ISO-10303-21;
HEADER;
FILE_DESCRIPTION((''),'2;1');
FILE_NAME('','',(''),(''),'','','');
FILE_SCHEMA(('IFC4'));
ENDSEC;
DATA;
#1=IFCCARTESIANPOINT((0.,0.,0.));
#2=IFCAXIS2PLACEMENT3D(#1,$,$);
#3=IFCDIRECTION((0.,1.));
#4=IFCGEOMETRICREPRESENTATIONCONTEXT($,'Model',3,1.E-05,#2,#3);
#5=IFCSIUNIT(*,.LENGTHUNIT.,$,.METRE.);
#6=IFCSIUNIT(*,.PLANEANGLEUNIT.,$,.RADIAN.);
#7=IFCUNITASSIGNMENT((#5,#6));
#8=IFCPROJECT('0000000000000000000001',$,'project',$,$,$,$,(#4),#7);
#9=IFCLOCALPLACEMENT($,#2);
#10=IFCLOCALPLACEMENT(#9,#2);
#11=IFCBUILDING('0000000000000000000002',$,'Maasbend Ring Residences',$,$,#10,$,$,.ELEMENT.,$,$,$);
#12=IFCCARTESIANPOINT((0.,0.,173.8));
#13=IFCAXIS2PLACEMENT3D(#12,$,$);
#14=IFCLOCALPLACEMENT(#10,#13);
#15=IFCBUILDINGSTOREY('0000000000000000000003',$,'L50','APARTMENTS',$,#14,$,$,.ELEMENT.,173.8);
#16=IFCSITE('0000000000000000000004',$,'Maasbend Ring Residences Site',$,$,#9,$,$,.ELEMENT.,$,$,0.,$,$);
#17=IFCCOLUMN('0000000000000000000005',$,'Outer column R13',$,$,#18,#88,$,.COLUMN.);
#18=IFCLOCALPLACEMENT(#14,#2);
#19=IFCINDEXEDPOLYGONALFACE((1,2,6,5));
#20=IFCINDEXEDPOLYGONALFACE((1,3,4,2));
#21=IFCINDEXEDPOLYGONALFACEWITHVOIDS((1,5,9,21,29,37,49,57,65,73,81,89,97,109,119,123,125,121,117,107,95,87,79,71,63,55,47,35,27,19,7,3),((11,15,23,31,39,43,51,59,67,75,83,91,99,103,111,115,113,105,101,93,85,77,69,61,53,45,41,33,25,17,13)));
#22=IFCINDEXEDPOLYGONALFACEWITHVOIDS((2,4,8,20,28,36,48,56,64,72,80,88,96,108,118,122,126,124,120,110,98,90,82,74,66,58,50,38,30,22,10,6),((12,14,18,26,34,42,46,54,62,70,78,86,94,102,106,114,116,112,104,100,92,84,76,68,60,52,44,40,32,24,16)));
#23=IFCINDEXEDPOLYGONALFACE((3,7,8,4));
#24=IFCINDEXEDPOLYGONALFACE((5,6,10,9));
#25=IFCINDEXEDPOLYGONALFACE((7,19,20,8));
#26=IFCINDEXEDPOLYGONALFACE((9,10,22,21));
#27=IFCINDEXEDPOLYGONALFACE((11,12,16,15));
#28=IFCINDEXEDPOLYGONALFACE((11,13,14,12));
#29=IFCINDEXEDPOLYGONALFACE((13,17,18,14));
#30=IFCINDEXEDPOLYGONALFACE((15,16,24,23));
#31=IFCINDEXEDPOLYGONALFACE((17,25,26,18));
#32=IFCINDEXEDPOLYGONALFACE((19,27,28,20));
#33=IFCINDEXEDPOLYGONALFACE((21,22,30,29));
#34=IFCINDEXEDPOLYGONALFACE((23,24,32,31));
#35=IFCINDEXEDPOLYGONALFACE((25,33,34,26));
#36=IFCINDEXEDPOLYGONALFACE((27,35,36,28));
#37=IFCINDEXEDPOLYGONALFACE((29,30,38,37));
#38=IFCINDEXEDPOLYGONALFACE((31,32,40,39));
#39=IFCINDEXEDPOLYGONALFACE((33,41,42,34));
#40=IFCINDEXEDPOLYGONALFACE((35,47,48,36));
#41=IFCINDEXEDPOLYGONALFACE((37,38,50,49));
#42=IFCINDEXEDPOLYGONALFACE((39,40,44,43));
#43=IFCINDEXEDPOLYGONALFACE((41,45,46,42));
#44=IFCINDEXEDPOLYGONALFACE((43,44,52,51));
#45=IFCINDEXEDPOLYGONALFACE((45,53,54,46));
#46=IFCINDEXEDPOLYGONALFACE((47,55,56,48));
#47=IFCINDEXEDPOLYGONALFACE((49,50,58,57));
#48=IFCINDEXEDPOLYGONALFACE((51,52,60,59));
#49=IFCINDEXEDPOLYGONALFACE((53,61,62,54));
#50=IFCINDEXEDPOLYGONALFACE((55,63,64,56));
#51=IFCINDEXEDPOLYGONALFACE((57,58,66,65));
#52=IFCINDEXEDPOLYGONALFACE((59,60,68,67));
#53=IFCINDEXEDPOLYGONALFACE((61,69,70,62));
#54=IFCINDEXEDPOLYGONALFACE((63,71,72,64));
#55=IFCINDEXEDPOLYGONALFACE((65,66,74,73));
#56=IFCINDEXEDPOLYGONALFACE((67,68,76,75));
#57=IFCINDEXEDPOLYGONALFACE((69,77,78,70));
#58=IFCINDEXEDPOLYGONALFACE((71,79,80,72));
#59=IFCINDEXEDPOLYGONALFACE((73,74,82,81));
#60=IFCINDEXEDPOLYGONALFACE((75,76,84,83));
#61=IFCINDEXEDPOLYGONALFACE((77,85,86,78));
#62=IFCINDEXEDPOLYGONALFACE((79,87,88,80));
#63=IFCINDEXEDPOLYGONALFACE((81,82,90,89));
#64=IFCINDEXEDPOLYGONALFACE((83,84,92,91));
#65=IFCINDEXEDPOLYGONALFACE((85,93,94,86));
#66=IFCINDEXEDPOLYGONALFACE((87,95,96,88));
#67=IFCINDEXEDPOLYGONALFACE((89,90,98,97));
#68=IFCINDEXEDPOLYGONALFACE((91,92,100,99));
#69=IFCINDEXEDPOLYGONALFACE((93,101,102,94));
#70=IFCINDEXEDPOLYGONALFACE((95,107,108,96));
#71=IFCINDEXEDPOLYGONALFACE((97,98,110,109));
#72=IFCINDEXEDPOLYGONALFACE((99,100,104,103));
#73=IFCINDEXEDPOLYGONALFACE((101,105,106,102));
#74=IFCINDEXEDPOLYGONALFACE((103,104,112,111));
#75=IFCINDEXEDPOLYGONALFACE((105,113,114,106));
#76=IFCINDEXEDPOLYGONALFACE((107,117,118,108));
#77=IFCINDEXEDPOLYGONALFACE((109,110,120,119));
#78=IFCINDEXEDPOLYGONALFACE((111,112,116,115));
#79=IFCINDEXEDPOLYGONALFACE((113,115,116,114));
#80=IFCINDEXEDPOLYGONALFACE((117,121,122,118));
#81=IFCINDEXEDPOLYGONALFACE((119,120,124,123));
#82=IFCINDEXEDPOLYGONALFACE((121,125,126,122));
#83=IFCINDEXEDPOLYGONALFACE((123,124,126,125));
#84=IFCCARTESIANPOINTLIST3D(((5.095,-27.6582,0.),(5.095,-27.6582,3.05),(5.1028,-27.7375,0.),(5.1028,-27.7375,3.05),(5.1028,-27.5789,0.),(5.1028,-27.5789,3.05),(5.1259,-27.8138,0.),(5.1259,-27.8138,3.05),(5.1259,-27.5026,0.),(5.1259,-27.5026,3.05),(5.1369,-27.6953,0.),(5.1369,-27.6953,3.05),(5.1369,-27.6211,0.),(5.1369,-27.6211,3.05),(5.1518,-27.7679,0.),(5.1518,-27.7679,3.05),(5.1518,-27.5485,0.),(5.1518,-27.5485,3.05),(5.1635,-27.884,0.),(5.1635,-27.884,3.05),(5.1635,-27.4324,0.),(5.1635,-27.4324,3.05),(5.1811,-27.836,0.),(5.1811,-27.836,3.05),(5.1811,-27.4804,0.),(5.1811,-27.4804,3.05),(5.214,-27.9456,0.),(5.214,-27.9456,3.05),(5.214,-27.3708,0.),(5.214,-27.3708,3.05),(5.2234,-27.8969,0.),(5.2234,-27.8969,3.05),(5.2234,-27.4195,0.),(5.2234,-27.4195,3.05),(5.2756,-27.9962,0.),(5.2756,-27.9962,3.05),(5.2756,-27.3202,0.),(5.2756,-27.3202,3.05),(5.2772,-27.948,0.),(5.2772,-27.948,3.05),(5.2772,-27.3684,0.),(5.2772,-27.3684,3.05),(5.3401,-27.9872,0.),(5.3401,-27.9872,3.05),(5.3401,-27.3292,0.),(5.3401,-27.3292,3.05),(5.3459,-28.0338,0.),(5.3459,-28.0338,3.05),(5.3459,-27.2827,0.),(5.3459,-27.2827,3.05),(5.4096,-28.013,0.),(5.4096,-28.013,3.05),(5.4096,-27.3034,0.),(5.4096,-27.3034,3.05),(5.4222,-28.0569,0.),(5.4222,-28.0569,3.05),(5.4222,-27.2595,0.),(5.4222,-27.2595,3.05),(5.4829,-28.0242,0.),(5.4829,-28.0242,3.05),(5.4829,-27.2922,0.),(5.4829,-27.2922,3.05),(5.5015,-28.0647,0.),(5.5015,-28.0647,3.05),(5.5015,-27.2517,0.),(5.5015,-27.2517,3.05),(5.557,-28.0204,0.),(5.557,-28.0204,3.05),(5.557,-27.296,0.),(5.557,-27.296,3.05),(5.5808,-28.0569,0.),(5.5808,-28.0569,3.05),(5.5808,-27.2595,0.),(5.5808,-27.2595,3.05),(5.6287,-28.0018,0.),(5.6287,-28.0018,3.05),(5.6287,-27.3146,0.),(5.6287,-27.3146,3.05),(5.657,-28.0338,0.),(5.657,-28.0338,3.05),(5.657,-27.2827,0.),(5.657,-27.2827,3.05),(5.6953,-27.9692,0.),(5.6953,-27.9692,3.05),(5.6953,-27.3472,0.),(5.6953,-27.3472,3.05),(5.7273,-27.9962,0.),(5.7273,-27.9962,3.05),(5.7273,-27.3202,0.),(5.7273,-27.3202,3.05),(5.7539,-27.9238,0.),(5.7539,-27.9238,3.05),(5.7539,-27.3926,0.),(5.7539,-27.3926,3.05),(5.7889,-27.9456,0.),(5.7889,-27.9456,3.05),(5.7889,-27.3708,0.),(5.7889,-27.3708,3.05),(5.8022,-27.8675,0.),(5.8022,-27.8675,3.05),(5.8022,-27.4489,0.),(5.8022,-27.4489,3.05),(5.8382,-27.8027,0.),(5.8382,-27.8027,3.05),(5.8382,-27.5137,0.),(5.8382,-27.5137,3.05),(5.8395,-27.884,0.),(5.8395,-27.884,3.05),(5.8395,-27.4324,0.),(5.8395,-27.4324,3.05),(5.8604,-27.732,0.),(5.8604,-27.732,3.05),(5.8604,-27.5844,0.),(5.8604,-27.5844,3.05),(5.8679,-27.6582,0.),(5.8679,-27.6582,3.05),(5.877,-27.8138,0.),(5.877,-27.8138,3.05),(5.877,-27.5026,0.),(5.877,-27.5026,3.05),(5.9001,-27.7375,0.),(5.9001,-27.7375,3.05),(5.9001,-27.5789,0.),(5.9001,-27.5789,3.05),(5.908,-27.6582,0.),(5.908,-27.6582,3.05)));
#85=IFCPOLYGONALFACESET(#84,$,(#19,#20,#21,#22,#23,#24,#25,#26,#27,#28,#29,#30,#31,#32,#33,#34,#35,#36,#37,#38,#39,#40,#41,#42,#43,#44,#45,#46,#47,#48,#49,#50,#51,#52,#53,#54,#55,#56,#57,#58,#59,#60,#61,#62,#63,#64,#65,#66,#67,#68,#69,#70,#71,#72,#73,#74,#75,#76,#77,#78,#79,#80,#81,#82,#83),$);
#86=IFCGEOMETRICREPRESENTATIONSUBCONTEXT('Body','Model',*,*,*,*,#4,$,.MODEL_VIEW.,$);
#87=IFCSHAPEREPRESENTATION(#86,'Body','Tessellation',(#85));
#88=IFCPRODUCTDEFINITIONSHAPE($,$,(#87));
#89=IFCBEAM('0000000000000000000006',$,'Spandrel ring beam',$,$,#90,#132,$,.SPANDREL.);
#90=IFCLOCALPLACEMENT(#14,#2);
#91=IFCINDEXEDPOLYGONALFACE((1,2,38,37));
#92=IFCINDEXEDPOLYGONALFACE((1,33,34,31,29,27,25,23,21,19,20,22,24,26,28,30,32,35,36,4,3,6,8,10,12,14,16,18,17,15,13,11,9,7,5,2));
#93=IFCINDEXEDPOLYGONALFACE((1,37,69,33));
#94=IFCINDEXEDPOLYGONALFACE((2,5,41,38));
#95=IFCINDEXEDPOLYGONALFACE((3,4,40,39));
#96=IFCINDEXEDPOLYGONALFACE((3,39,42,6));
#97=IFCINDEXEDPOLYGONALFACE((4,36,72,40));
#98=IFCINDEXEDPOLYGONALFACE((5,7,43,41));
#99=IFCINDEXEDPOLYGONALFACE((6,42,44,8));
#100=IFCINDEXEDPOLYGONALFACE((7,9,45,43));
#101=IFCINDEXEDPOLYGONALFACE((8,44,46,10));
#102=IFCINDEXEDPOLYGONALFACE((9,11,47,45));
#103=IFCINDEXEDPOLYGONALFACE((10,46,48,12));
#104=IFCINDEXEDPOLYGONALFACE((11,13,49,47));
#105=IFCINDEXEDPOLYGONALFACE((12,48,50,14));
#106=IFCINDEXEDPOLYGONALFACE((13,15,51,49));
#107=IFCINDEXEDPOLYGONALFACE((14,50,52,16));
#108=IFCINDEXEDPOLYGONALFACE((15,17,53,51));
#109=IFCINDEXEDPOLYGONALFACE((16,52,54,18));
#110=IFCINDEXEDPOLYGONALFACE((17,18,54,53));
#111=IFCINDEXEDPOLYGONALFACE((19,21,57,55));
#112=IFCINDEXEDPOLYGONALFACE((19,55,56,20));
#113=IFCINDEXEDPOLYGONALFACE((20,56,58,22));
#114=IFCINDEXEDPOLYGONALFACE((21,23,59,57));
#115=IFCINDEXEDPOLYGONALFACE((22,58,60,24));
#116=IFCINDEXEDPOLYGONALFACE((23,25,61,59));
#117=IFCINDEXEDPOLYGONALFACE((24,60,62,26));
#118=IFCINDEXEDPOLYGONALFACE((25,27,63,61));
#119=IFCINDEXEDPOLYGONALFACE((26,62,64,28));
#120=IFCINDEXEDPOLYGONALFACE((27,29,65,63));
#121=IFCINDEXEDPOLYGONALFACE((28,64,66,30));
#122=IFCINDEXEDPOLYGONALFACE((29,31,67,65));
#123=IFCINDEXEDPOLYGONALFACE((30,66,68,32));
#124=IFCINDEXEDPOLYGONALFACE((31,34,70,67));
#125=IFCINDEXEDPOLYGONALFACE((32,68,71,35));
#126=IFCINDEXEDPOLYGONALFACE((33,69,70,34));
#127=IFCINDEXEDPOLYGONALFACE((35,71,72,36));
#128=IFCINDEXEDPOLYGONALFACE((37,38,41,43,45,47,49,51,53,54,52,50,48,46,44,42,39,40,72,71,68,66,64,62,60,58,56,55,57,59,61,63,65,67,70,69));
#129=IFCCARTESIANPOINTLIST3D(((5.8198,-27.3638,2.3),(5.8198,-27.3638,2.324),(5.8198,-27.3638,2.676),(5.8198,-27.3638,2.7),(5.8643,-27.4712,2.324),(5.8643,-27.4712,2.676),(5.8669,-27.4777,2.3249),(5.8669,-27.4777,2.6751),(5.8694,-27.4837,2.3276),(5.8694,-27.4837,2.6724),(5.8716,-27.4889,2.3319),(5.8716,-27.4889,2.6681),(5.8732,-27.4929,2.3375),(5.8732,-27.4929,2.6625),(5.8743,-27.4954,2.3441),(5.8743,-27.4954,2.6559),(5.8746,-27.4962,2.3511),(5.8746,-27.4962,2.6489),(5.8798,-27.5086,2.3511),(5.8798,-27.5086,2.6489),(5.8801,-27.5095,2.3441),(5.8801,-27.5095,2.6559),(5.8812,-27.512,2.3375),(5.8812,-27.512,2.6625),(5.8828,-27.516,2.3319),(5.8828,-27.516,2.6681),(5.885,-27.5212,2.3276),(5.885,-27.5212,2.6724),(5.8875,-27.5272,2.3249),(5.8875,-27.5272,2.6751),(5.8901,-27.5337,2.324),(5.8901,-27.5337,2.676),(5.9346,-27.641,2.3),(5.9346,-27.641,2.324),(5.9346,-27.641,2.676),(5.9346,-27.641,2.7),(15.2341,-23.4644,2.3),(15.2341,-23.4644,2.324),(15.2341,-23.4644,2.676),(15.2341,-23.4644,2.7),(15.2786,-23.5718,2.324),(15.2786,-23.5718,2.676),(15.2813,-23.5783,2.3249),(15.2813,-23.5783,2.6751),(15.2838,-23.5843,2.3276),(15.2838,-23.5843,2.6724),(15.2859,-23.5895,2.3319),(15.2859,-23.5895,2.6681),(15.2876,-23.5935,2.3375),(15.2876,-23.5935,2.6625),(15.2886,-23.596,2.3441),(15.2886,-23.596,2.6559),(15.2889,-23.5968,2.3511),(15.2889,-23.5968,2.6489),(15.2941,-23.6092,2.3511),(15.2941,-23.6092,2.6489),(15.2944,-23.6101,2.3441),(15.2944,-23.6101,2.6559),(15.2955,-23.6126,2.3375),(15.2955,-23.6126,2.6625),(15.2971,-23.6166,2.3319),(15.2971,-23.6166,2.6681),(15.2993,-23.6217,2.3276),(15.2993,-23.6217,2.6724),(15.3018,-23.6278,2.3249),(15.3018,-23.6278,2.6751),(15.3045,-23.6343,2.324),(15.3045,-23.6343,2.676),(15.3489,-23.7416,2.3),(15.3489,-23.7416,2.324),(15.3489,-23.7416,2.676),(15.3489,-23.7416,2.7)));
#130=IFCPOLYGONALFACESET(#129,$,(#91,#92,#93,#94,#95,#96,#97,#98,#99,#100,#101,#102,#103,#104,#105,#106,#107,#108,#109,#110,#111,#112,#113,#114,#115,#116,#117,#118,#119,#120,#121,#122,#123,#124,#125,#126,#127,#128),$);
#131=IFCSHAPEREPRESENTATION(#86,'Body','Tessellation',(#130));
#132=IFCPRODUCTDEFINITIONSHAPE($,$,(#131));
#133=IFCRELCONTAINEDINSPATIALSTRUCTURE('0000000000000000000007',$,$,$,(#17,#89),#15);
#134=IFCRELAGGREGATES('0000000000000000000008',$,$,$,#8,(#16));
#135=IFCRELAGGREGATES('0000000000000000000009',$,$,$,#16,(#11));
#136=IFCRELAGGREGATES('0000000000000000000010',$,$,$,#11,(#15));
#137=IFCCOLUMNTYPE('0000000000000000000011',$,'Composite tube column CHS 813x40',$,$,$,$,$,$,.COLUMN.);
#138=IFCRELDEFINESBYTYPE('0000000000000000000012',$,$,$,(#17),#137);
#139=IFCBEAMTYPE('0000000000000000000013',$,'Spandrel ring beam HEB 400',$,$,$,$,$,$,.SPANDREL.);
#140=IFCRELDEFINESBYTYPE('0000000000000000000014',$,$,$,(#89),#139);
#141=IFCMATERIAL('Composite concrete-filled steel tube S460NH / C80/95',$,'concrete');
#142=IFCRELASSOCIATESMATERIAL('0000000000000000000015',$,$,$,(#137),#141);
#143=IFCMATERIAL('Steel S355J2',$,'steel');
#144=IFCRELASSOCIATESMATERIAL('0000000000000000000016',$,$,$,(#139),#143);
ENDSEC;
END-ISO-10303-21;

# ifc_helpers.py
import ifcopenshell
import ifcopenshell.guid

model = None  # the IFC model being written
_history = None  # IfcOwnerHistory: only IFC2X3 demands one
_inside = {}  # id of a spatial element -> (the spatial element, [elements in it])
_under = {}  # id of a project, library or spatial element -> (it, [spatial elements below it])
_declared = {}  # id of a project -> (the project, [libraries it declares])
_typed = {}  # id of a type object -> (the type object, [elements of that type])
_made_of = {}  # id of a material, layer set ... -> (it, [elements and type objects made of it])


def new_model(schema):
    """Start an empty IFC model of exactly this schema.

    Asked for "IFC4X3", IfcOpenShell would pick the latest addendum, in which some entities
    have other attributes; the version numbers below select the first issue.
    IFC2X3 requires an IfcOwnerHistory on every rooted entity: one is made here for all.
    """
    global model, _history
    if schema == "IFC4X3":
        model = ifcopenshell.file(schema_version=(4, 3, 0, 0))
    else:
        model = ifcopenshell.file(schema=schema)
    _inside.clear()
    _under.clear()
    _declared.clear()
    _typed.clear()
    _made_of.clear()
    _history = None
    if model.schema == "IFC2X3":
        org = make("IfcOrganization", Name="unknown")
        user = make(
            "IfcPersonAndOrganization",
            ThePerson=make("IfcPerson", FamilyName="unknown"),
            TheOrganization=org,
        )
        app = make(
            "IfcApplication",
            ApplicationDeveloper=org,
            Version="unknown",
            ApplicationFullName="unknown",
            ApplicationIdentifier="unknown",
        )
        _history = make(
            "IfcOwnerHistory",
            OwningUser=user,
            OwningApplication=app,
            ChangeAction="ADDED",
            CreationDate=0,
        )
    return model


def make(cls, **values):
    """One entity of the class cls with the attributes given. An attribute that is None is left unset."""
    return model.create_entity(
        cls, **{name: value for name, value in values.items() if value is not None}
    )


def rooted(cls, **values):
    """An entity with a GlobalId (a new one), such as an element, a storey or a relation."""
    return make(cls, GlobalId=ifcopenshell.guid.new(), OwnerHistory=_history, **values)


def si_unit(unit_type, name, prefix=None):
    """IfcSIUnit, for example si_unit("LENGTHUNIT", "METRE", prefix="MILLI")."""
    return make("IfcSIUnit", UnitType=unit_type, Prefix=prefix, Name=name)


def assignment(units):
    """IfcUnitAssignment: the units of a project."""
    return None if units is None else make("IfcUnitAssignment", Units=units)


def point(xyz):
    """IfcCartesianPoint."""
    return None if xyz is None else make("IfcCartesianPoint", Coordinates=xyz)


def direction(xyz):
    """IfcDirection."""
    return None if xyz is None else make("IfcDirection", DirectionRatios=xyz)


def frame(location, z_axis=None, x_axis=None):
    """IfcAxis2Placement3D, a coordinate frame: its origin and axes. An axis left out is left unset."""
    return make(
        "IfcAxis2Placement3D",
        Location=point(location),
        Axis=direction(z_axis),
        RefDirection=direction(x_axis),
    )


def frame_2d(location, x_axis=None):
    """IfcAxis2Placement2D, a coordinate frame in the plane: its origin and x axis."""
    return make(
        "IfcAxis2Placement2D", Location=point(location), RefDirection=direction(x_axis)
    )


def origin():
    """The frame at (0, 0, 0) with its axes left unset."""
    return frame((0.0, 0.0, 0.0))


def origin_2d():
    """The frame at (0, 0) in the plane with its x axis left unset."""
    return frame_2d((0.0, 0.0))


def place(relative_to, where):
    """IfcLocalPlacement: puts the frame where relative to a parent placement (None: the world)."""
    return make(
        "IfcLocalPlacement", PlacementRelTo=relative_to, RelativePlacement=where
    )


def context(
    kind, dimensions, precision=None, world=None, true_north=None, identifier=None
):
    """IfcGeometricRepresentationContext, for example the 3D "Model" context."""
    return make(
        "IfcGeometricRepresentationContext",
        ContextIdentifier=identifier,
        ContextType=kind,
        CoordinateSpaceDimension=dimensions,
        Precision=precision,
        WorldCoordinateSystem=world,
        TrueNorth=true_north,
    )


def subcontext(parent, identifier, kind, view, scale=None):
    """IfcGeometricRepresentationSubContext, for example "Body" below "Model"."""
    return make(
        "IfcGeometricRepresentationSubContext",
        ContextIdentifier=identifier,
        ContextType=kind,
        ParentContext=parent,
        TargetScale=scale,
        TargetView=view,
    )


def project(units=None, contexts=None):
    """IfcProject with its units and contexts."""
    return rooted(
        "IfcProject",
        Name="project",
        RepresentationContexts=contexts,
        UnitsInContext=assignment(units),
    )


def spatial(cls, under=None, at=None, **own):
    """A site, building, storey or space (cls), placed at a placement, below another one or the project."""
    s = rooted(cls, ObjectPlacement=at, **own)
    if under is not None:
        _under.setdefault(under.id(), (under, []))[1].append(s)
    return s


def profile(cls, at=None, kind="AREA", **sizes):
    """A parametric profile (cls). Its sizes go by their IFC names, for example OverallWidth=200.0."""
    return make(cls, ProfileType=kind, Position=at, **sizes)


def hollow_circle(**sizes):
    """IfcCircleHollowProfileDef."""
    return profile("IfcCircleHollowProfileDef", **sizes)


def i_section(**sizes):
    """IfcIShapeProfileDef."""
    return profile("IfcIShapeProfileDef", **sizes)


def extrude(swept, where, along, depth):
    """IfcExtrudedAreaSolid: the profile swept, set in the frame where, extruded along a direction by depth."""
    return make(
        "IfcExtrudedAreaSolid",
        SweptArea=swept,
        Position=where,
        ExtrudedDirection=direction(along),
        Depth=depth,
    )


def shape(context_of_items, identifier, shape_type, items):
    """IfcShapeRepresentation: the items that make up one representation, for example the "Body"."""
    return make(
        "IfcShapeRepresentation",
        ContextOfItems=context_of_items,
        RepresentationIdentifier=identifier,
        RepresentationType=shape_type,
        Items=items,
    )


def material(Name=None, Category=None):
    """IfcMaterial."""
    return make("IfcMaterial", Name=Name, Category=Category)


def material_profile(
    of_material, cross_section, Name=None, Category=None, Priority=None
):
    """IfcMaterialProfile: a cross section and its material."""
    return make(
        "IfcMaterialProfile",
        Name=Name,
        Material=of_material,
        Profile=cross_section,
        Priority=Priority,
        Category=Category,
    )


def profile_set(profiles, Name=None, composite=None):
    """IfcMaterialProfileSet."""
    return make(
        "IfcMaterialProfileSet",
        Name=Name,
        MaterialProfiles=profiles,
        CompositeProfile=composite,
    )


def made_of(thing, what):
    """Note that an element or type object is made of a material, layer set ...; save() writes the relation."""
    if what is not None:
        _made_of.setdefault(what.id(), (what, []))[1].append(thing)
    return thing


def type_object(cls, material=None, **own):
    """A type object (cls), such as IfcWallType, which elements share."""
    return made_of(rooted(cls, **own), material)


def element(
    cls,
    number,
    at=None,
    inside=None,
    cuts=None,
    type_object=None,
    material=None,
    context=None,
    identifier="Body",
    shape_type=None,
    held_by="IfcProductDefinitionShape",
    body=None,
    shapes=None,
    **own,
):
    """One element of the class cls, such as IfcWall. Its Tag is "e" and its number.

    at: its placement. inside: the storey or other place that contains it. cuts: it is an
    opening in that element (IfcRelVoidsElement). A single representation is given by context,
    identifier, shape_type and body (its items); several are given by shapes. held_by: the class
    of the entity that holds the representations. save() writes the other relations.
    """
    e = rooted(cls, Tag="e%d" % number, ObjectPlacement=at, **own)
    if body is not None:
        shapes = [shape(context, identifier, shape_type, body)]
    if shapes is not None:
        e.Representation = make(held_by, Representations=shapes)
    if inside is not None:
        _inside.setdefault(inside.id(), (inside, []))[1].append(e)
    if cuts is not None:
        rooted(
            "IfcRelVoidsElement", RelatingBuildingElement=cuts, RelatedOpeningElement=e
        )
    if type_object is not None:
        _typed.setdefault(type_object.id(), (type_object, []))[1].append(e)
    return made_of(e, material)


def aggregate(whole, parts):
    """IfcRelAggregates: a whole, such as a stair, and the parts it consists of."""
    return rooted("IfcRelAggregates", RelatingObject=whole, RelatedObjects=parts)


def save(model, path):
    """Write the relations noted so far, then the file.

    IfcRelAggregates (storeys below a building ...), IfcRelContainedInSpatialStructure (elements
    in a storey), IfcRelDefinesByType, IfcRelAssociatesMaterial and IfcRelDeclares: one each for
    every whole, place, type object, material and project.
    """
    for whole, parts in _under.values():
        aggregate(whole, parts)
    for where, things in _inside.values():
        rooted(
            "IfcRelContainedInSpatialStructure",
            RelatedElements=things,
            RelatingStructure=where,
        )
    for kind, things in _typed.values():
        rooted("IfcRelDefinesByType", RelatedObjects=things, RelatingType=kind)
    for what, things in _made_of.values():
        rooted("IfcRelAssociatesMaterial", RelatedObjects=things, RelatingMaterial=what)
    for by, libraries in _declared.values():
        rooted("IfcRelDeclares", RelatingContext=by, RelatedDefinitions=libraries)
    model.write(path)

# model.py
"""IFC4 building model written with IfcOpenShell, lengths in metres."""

from ifc_helpers import new_model, si_unit, direction, frame, origin, origin_2d, place, context, subcontext, project, spatial, hollow_circle, i_section, extrude, material, material_profile, profile_set, type_object, element, save


model = new_model("IFC4")

# Units and contexts
model_context = context("Model", 3, precision=1e-05, world=origin(), true_north=direction((0.0, 1.0)))
body_context = subcontext(model_context, "Body", "Model", "MODEL_VIEW")
ifc_project = project(units=[si_unit("LENGTHUNIT", "METRE"), si_unit("PLANEANGLEUNIT", "RADIAN")], contexts=[model_context])

# Site, building, storey
site_placement = place(None, origin())
site = spatial("IfcSite", under=ifc_project, at=site_placement, Name="Maasbend Ring Residences Site", CompositionType="ELEMENT", RefElevation=0.0)
building_placement = place(site_placement, origin())
building = spatial("IfcBuilding", under=site, at=building_placement, Name="Maasbend Ring Residences", CompositionType="ELEMENT")
storey_placement = place(building_placement, frame((0.0, 0.0, 173.8)))
storey = spatial("IfcBuildingStorey", under=building, at=storey_placement, Name="L50", Description="APARTMENTS", CompositionType="ELEMENT", Elevation=173.8)

# Column
ifc_material_1 = material(Name="Composite concrete-filled steel tube S460NH / C80/95", Category="concrete")
ifc_material_profile_1 = material_profile(ifc_material_1, hollow_circle(Radius=0.4065, WallThickness=0.04, at=origin_2d()), Name="Composite tube column CHS 813x40")
ifc_profile_set_1 = profile_set([ifc_material_profile_1], Name="Composite concrete-filled steel tube S460NH / C80/95")
column_type = type_object("IfcColumnType", Name="Composite tube column CHS 813x40", PredefinedType="COLUMN", material=ifc_profile_set_1)
column_placement = place(storey_placement, frame((5.5015, -27.6582, 0.0), z_axis=(0.0, 0.0, 1.0), x_axis=(1.0, 0.0, 0.0)))
element("IfcColumn", 1, at=column_placement, inside=storey, type_object=column_type, Name="Outer column R13", PredefinedType="COLUMN", context=body_context, shape_type="SweptSolid", body=[
    extrude(hollow_circle(Radius=0.4065, WallThickness=0.04, at=origin_2d()), origin(), (0.0, 0.0, 1.0), 3.05),
])

# Beam
ifc_material_2 = material(Name="Steel S355J2", Category="steel")
ifc_material_profile_2 = material_profile(ifc_material_2, i_section(OverallWidth=0.3, OverallDepth=0.3999, WebThickness=0.0134, FlangeThickness=0.0239, FilletRadius=0.0271, at=origin_2d()), Name="HEB 400")
ifc_profile_set_2 = profile_set([ifc_material_profile_2], Name="Steel S355J2")
beam_type = type_object("IfcBeamType", Name="Spandrel ring beam HEB 400", PredefinedType="SPANDREL", material=ifc_profile_set_2)
beam_placement = place(storey_placement, frame((5.8772, -27.5024, 2.5), z_axis=(0.923884, 0.382673, 0.0), x_axis=(-0.382673, 0.923884, 0.0)))
element("IfcBeam", 2, at=beam_placement, inside=storey, type_object=beam_type, Name="Spandrel ring beam", PredefinedType="SPANDREL", context=body_context, shape_type="SweptSolid", body=[
    extrude(i_section(OverallWidth=0.3, OverallDepth=0.3999, WebThickness=0.0134, FlangeThickness=0.0239, FilletRadius=0.0271, at=origin_2d()), origin(), (0.0, 0.0, 1.0), 10.1899),
])

save(model, "model.ifc")
